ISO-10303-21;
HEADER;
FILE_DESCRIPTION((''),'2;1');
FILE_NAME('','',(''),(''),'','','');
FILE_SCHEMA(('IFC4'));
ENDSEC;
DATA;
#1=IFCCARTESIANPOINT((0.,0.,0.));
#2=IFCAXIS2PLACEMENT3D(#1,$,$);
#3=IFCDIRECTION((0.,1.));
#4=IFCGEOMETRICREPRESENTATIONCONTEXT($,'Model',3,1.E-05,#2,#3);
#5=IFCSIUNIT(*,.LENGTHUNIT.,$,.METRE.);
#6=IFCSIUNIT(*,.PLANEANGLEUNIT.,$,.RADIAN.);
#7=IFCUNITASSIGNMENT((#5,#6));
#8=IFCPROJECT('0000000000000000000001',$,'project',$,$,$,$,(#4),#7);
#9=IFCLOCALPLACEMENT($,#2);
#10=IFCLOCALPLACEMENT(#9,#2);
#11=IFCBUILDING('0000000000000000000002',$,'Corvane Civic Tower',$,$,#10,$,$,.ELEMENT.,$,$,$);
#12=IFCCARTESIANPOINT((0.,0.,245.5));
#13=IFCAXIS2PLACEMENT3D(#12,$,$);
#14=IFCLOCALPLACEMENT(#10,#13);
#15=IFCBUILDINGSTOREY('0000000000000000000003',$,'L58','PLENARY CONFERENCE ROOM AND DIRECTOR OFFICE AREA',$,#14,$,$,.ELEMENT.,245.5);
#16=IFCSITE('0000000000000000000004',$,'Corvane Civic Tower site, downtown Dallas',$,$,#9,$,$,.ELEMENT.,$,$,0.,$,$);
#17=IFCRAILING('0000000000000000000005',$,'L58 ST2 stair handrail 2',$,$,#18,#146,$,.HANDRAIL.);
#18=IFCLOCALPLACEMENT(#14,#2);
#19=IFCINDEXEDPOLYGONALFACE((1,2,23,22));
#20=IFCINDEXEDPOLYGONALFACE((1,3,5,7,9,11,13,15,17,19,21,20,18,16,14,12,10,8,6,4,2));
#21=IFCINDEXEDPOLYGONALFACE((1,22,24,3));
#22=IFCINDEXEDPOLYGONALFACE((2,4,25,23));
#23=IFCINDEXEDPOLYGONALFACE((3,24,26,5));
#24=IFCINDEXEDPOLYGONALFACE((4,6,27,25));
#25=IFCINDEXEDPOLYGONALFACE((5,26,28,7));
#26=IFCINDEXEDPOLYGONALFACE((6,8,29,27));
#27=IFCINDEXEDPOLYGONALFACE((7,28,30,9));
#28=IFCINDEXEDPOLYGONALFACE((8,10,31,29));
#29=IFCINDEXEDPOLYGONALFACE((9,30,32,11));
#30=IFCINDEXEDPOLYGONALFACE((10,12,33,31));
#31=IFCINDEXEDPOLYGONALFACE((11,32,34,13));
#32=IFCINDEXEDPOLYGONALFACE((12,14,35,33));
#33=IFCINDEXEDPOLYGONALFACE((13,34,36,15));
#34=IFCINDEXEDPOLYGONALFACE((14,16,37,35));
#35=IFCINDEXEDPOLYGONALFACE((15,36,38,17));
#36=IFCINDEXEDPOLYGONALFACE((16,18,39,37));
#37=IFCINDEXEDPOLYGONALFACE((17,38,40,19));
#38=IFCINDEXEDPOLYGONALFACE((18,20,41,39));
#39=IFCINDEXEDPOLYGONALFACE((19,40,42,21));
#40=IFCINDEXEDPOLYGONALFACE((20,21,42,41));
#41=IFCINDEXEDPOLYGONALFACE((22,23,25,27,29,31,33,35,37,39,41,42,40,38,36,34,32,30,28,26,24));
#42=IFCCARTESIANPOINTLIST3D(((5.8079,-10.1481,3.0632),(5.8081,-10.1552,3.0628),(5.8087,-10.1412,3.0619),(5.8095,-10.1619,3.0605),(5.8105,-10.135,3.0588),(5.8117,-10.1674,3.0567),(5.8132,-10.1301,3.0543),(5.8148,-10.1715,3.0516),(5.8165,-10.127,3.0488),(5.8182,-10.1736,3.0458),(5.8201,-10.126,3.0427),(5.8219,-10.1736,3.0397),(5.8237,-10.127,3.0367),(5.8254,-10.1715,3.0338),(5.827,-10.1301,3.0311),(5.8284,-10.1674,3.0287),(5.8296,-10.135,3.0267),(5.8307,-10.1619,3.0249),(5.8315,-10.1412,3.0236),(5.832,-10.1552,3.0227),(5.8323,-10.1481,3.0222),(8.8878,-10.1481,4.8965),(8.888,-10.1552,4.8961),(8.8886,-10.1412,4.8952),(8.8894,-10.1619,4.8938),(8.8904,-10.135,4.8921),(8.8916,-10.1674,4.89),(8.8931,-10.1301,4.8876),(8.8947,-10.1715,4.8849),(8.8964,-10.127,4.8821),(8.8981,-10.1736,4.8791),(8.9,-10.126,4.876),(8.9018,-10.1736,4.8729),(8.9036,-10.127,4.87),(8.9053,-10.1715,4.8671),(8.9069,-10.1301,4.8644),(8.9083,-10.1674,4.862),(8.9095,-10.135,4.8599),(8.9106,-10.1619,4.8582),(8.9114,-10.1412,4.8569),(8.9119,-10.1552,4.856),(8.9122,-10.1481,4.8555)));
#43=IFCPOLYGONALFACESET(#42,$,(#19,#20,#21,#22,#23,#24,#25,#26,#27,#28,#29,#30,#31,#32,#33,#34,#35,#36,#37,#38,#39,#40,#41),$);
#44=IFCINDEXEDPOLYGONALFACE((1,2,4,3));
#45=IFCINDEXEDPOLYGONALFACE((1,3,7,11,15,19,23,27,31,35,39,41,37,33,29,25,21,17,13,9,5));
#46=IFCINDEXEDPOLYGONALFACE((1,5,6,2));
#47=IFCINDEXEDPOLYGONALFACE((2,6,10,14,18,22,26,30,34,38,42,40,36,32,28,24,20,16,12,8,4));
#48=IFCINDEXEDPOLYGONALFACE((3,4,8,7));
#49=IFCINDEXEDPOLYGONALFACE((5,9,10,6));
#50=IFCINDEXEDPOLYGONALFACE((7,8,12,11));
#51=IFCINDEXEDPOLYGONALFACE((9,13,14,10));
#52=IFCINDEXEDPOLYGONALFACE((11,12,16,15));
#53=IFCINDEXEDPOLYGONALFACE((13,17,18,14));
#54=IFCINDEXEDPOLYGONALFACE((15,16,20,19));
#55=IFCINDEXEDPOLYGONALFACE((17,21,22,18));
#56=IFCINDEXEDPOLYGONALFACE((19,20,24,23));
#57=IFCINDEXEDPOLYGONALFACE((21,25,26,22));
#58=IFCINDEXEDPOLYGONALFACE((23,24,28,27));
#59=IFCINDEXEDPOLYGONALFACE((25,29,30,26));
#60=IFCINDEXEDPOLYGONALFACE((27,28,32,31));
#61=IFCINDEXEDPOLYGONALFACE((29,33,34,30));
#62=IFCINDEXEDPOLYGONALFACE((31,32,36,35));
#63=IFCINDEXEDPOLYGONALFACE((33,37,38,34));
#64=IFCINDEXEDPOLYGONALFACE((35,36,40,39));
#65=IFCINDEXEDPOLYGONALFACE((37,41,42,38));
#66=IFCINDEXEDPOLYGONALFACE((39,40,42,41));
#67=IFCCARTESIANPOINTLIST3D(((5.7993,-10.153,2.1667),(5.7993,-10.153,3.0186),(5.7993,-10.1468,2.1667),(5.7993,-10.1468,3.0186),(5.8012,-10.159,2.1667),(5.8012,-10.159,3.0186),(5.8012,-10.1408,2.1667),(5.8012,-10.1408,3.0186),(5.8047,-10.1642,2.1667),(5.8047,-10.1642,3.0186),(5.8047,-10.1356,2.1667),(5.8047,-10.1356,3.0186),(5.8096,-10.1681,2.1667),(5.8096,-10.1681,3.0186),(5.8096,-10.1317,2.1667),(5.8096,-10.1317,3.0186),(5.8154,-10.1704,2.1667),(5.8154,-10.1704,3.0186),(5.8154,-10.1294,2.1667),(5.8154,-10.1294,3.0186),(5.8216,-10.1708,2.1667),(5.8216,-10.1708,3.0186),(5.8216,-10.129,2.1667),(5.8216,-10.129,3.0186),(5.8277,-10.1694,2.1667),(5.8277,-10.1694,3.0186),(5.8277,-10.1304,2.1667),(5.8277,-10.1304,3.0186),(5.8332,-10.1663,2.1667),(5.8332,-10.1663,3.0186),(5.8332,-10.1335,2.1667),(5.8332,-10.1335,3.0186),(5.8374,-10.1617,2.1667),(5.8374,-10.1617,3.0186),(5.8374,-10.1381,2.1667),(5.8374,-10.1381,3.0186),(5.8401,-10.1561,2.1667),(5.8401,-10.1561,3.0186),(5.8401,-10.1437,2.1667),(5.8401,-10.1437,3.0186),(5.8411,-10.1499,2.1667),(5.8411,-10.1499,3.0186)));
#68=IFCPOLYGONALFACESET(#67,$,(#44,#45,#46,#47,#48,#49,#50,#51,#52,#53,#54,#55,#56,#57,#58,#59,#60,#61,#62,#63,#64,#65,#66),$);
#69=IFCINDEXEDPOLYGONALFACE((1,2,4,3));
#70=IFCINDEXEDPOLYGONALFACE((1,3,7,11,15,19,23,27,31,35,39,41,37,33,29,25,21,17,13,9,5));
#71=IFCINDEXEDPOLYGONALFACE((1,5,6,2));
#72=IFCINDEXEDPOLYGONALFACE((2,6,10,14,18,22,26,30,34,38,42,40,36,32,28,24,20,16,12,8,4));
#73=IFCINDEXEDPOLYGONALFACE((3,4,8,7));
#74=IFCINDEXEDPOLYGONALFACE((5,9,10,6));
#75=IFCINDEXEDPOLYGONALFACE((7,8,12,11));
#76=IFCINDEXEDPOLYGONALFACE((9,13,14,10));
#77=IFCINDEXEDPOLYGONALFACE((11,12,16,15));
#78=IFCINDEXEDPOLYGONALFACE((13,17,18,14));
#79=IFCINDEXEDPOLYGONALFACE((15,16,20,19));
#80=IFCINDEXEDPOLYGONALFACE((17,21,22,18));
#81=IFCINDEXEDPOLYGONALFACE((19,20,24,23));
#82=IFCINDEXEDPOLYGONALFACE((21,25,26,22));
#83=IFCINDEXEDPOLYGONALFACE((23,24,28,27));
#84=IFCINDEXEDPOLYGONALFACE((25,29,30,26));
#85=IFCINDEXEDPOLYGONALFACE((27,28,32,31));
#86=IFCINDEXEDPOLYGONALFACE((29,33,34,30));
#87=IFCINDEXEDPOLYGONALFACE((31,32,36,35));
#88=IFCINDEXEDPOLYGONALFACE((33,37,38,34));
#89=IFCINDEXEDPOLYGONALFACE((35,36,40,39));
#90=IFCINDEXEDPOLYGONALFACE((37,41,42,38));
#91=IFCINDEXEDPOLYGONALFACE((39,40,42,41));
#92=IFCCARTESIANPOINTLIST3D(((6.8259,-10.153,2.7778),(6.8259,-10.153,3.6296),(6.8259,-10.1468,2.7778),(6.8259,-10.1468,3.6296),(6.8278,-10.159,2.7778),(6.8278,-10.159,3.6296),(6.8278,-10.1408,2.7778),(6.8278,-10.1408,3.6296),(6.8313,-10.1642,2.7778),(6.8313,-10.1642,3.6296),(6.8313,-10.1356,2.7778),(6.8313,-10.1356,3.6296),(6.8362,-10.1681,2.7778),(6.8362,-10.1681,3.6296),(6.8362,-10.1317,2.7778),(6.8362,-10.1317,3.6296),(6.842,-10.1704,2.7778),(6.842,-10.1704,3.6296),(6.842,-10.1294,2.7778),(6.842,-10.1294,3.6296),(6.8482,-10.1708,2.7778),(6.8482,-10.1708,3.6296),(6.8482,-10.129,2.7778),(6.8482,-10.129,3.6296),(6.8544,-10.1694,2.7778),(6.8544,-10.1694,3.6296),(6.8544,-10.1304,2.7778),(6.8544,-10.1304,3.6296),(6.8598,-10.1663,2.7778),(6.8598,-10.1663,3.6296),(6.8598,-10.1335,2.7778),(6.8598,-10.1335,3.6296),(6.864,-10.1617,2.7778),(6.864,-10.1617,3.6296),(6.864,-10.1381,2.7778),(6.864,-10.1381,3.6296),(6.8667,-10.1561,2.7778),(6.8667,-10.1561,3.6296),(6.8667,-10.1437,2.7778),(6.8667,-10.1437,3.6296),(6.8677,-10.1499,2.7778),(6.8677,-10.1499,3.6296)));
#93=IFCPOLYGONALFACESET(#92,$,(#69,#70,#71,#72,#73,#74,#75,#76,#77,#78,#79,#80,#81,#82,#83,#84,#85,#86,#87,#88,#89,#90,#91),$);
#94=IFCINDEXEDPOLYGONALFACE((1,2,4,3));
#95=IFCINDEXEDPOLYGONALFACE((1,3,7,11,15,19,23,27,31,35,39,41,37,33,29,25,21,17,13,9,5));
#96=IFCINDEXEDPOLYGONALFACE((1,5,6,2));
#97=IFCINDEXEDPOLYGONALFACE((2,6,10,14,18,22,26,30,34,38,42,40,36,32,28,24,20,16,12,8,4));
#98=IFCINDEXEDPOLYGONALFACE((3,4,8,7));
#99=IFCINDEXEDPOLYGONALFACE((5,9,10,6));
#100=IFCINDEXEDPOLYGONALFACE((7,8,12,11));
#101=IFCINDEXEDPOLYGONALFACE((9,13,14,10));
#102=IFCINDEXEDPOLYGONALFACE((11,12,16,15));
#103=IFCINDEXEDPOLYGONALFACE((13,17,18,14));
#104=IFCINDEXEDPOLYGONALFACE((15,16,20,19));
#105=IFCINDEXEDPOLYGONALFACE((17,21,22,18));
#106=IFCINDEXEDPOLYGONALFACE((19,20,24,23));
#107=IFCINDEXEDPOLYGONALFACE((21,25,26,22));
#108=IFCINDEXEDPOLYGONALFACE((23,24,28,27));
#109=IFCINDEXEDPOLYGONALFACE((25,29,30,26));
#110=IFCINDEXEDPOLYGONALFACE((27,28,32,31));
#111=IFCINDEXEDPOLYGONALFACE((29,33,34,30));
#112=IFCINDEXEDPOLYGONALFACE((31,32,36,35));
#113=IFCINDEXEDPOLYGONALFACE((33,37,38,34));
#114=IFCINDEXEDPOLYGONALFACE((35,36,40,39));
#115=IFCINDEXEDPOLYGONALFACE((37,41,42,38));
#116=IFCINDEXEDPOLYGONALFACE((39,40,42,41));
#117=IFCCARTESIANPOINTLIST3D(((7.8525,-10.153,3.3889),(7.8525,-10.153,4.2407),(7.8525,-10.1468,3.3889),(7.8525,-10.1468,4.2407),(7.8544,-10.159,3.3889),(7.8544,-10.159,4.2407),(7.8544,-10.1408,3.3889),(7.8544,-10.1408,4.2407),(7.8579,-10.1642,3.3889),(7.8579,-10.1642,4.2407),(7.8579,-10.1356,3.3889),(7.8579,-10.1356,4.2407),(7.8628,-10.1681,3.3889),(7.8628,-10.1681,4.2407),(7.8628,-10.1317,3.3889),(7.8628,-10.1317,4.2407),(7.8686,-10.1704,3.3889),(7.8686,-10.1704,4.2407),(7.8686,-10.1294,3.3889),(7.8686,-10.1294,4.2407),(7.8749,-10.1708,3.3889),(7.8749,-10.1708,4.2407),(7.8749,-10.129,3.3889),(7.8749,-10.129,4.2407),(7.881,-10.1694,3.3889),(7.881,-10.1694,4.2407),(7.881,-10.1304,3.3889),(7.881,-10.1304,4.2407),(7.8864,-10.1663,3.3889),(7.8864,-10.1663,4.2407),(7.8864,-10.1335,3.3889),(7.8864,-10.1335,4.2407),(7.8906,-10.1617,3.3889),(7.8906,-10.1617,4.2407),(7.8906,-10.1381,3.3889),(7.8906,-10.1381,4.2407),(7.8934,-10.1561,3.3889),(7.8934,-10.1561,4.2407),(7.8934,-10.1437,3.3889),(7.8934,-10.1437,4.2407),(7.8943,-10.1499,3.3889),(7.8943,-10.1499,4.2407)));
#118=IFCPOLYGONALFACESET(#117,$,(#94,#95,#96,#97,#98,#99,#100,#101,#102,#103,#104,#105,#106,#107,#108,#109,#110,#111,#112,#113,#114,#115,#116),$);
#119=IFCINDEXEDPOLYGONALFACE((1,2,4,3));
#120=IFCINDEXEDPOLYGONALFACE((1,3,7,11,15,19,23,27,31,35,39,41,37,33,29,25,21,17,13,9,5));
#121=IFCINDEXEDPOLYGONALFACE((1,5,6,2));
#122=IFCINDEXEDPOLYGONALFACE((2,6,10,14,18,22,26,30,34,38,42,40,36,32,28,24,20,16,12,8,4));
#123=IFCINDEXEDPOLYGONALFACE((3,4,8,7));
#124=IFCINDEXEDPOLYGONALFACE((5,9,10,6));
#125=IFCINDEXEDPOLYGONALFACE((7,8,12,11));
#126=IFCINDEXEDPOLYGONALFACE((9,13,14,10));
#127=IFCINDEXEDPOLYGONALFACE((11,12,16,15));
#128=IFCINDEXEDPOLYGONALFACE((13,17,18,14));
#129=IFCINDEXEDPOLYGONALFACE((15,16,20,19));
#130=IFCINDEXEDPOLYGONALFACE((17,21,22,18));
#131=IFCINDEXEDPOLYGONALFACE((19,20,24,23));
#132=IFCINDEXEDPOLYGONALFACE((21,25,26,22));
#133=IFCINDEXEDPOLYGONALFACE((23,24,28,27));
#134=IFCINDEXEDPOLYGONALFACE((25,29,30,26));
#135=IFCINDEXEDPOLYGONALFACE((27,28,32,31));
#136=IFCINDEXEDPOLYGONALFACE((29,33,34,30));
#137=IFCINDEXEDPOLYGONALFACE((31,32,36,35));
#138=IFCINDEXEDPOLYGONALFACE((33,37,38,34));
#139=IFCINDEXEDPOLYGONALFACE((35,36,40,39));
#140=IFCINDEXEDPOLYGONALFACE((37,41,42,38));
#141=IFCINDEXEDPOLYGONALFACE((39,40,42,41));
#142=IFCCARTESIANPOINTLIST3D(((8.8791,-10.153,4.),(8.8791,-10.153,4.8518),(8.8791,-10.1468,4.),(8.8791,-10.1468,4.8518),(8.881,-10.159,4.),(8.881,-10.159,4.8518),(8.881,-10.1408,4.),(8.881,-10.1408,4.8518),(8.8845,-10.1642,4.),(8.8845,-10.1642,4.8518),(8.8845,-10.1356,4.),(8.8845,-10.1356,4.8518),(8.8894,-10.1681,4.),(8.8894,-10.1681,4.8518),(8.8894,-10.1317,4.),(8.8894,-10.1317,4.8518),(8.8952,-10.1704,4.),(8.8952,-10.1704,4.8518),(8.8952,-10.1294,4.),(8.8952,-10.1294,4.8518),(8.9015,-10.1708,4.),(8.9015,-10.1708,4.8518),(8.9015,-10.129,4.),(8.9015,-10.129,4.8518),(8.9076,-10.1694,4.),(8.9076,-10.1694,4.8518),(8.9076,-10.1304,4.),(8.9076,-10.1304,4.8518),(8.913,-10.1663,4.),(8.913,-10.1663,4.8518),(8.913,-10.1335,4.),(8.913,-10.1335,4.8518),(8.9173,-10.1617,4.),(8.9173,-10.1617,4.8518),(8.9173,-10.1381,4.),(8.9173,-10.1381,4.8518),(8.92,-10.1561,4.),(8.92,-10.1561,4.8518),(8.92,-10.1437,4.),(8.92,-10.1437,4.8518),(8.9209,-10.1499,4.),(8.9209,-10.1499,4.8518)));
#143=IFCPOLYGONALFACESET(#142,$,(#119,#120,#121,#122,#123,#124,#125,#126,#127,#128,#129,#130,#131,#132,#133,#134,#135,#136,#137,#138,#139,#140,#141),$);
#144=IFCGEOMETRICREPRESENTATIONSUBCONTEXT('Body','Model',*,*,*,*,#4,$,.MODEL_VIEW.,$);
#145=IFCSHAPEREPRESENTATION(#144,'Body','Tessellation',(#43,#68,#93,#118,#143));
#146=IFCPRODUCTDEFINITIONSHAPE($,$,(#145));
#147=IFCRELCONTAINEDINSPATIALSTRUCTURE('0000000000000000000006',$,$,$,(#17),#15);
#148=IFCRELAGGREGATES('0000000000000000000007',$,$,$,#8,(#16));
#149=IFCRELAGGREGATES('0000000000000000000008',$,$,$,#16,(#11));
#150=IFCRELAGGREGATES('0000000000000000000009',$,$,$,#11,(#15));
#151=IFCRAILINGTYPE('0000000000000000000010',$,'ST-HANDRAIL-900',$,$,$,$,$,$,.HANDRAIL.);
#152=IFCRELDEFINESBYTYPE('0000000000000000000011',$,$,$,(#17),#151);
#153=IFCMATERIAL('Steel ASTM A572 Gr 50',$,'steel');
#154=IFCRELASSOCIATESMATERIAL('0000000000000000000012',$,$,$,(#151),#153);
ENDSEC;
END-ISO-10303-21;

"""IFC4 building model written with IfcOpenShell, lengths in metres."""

from ifc_helpers import new_model, si_unit, direction, frame, origin, origin_2d, place, context, subcontext, project, spatial, circle, extrude, material, type_object, element, save


model = new_model("IFC4")

# Units and contexts
model_context = context("Model", 3, precision=1e-05, world=origin(), true_north=direction((0.0, 1.0)))
body_context = subcontext(model_context, "Body", "Model", "MODEL_VIEW")
ifc_project = project(units=[si_unit("LENGTHUNIT", "METRE"), si_unit("PLANEANGLEUNIT", "RADIAN")], contexts=[model_context])

# Site, building, storey
site_placement = place(None, origin())
site = spatial("IfcSite", under=ifc_project, at=site_placement, Name="Corvane Civic Tower site, downtown Dallas", CompositionType="ELEMENT", RefElevation=0.0)
building_placement = place(site_placement, origin())
building = spatial("IfcBuilding", under=site, at=building_placement, Name="Corvane Civic Tower", CompositionType="ELEMENT")
storey_placement = place(building_placement, frame((0.0, 0.0, 245.5)))
storey = spatial("IfcBuildingStorey", under=building, at=storey_placement, Name="L58", Description="PLENARY CONFERENCE ROOM AND DIRECTOR OFFICE AREA", CompositionType="ELEMENT", Elevation=245.5)

# Railing
ifc_material_1 = material(Name="Steel ASTM A572 Gr 50", Category="steel")
railing_type = type_object("IfcRailingType", Name="ST-HANDRAIL-900", PredefinedType="HANDRAIL", material=ifc_material_1)
railing_placement = place(storey_placement, frame((5.8201, -10.1499, 2.1667)))
element("IfcRailing", 1, at=railing_placement, inside=storey, type_object=railing_type, Name="L58 ST2 stair handrail 2", PredefinedType="HANDRAIL", context=body_context, shape_type="SweptSolid", body=[
    extrude(circle(Radius=0.0239, at=origin_2d()), frame((0.0, 0.0, 0.876), z_axis=(0.859291, 0.0, 0.511487), x_axis=(0.0, 1.0, 0.0)), (0.0, 0.0, 1.0), 3.5842),
    extrude(circle(Radius=0.021, at=origin_2d()), origin(), (0.0, 0.0, 1.0), 0.8518),
    extrude(circle(Radius=0.021, at=origin_2d()), frame((1.0266, 0.0, 0.6111)), (0.0, 0.0, 1.0), 0.8518),
    extrude(circle(Radius=0.021, at=origin_2d()), frame((2.0532, 0.0, 1.2222)), (0.0, 0.0, 1.0), 0.8518),
    extrude(circle(Radius=0.021, at=origin_2d()), frame((3.0798, 0.0, 1.8333)), (0.0, 0.0, 1.0), 0.8518),
])

save(model, "model.ifc")
